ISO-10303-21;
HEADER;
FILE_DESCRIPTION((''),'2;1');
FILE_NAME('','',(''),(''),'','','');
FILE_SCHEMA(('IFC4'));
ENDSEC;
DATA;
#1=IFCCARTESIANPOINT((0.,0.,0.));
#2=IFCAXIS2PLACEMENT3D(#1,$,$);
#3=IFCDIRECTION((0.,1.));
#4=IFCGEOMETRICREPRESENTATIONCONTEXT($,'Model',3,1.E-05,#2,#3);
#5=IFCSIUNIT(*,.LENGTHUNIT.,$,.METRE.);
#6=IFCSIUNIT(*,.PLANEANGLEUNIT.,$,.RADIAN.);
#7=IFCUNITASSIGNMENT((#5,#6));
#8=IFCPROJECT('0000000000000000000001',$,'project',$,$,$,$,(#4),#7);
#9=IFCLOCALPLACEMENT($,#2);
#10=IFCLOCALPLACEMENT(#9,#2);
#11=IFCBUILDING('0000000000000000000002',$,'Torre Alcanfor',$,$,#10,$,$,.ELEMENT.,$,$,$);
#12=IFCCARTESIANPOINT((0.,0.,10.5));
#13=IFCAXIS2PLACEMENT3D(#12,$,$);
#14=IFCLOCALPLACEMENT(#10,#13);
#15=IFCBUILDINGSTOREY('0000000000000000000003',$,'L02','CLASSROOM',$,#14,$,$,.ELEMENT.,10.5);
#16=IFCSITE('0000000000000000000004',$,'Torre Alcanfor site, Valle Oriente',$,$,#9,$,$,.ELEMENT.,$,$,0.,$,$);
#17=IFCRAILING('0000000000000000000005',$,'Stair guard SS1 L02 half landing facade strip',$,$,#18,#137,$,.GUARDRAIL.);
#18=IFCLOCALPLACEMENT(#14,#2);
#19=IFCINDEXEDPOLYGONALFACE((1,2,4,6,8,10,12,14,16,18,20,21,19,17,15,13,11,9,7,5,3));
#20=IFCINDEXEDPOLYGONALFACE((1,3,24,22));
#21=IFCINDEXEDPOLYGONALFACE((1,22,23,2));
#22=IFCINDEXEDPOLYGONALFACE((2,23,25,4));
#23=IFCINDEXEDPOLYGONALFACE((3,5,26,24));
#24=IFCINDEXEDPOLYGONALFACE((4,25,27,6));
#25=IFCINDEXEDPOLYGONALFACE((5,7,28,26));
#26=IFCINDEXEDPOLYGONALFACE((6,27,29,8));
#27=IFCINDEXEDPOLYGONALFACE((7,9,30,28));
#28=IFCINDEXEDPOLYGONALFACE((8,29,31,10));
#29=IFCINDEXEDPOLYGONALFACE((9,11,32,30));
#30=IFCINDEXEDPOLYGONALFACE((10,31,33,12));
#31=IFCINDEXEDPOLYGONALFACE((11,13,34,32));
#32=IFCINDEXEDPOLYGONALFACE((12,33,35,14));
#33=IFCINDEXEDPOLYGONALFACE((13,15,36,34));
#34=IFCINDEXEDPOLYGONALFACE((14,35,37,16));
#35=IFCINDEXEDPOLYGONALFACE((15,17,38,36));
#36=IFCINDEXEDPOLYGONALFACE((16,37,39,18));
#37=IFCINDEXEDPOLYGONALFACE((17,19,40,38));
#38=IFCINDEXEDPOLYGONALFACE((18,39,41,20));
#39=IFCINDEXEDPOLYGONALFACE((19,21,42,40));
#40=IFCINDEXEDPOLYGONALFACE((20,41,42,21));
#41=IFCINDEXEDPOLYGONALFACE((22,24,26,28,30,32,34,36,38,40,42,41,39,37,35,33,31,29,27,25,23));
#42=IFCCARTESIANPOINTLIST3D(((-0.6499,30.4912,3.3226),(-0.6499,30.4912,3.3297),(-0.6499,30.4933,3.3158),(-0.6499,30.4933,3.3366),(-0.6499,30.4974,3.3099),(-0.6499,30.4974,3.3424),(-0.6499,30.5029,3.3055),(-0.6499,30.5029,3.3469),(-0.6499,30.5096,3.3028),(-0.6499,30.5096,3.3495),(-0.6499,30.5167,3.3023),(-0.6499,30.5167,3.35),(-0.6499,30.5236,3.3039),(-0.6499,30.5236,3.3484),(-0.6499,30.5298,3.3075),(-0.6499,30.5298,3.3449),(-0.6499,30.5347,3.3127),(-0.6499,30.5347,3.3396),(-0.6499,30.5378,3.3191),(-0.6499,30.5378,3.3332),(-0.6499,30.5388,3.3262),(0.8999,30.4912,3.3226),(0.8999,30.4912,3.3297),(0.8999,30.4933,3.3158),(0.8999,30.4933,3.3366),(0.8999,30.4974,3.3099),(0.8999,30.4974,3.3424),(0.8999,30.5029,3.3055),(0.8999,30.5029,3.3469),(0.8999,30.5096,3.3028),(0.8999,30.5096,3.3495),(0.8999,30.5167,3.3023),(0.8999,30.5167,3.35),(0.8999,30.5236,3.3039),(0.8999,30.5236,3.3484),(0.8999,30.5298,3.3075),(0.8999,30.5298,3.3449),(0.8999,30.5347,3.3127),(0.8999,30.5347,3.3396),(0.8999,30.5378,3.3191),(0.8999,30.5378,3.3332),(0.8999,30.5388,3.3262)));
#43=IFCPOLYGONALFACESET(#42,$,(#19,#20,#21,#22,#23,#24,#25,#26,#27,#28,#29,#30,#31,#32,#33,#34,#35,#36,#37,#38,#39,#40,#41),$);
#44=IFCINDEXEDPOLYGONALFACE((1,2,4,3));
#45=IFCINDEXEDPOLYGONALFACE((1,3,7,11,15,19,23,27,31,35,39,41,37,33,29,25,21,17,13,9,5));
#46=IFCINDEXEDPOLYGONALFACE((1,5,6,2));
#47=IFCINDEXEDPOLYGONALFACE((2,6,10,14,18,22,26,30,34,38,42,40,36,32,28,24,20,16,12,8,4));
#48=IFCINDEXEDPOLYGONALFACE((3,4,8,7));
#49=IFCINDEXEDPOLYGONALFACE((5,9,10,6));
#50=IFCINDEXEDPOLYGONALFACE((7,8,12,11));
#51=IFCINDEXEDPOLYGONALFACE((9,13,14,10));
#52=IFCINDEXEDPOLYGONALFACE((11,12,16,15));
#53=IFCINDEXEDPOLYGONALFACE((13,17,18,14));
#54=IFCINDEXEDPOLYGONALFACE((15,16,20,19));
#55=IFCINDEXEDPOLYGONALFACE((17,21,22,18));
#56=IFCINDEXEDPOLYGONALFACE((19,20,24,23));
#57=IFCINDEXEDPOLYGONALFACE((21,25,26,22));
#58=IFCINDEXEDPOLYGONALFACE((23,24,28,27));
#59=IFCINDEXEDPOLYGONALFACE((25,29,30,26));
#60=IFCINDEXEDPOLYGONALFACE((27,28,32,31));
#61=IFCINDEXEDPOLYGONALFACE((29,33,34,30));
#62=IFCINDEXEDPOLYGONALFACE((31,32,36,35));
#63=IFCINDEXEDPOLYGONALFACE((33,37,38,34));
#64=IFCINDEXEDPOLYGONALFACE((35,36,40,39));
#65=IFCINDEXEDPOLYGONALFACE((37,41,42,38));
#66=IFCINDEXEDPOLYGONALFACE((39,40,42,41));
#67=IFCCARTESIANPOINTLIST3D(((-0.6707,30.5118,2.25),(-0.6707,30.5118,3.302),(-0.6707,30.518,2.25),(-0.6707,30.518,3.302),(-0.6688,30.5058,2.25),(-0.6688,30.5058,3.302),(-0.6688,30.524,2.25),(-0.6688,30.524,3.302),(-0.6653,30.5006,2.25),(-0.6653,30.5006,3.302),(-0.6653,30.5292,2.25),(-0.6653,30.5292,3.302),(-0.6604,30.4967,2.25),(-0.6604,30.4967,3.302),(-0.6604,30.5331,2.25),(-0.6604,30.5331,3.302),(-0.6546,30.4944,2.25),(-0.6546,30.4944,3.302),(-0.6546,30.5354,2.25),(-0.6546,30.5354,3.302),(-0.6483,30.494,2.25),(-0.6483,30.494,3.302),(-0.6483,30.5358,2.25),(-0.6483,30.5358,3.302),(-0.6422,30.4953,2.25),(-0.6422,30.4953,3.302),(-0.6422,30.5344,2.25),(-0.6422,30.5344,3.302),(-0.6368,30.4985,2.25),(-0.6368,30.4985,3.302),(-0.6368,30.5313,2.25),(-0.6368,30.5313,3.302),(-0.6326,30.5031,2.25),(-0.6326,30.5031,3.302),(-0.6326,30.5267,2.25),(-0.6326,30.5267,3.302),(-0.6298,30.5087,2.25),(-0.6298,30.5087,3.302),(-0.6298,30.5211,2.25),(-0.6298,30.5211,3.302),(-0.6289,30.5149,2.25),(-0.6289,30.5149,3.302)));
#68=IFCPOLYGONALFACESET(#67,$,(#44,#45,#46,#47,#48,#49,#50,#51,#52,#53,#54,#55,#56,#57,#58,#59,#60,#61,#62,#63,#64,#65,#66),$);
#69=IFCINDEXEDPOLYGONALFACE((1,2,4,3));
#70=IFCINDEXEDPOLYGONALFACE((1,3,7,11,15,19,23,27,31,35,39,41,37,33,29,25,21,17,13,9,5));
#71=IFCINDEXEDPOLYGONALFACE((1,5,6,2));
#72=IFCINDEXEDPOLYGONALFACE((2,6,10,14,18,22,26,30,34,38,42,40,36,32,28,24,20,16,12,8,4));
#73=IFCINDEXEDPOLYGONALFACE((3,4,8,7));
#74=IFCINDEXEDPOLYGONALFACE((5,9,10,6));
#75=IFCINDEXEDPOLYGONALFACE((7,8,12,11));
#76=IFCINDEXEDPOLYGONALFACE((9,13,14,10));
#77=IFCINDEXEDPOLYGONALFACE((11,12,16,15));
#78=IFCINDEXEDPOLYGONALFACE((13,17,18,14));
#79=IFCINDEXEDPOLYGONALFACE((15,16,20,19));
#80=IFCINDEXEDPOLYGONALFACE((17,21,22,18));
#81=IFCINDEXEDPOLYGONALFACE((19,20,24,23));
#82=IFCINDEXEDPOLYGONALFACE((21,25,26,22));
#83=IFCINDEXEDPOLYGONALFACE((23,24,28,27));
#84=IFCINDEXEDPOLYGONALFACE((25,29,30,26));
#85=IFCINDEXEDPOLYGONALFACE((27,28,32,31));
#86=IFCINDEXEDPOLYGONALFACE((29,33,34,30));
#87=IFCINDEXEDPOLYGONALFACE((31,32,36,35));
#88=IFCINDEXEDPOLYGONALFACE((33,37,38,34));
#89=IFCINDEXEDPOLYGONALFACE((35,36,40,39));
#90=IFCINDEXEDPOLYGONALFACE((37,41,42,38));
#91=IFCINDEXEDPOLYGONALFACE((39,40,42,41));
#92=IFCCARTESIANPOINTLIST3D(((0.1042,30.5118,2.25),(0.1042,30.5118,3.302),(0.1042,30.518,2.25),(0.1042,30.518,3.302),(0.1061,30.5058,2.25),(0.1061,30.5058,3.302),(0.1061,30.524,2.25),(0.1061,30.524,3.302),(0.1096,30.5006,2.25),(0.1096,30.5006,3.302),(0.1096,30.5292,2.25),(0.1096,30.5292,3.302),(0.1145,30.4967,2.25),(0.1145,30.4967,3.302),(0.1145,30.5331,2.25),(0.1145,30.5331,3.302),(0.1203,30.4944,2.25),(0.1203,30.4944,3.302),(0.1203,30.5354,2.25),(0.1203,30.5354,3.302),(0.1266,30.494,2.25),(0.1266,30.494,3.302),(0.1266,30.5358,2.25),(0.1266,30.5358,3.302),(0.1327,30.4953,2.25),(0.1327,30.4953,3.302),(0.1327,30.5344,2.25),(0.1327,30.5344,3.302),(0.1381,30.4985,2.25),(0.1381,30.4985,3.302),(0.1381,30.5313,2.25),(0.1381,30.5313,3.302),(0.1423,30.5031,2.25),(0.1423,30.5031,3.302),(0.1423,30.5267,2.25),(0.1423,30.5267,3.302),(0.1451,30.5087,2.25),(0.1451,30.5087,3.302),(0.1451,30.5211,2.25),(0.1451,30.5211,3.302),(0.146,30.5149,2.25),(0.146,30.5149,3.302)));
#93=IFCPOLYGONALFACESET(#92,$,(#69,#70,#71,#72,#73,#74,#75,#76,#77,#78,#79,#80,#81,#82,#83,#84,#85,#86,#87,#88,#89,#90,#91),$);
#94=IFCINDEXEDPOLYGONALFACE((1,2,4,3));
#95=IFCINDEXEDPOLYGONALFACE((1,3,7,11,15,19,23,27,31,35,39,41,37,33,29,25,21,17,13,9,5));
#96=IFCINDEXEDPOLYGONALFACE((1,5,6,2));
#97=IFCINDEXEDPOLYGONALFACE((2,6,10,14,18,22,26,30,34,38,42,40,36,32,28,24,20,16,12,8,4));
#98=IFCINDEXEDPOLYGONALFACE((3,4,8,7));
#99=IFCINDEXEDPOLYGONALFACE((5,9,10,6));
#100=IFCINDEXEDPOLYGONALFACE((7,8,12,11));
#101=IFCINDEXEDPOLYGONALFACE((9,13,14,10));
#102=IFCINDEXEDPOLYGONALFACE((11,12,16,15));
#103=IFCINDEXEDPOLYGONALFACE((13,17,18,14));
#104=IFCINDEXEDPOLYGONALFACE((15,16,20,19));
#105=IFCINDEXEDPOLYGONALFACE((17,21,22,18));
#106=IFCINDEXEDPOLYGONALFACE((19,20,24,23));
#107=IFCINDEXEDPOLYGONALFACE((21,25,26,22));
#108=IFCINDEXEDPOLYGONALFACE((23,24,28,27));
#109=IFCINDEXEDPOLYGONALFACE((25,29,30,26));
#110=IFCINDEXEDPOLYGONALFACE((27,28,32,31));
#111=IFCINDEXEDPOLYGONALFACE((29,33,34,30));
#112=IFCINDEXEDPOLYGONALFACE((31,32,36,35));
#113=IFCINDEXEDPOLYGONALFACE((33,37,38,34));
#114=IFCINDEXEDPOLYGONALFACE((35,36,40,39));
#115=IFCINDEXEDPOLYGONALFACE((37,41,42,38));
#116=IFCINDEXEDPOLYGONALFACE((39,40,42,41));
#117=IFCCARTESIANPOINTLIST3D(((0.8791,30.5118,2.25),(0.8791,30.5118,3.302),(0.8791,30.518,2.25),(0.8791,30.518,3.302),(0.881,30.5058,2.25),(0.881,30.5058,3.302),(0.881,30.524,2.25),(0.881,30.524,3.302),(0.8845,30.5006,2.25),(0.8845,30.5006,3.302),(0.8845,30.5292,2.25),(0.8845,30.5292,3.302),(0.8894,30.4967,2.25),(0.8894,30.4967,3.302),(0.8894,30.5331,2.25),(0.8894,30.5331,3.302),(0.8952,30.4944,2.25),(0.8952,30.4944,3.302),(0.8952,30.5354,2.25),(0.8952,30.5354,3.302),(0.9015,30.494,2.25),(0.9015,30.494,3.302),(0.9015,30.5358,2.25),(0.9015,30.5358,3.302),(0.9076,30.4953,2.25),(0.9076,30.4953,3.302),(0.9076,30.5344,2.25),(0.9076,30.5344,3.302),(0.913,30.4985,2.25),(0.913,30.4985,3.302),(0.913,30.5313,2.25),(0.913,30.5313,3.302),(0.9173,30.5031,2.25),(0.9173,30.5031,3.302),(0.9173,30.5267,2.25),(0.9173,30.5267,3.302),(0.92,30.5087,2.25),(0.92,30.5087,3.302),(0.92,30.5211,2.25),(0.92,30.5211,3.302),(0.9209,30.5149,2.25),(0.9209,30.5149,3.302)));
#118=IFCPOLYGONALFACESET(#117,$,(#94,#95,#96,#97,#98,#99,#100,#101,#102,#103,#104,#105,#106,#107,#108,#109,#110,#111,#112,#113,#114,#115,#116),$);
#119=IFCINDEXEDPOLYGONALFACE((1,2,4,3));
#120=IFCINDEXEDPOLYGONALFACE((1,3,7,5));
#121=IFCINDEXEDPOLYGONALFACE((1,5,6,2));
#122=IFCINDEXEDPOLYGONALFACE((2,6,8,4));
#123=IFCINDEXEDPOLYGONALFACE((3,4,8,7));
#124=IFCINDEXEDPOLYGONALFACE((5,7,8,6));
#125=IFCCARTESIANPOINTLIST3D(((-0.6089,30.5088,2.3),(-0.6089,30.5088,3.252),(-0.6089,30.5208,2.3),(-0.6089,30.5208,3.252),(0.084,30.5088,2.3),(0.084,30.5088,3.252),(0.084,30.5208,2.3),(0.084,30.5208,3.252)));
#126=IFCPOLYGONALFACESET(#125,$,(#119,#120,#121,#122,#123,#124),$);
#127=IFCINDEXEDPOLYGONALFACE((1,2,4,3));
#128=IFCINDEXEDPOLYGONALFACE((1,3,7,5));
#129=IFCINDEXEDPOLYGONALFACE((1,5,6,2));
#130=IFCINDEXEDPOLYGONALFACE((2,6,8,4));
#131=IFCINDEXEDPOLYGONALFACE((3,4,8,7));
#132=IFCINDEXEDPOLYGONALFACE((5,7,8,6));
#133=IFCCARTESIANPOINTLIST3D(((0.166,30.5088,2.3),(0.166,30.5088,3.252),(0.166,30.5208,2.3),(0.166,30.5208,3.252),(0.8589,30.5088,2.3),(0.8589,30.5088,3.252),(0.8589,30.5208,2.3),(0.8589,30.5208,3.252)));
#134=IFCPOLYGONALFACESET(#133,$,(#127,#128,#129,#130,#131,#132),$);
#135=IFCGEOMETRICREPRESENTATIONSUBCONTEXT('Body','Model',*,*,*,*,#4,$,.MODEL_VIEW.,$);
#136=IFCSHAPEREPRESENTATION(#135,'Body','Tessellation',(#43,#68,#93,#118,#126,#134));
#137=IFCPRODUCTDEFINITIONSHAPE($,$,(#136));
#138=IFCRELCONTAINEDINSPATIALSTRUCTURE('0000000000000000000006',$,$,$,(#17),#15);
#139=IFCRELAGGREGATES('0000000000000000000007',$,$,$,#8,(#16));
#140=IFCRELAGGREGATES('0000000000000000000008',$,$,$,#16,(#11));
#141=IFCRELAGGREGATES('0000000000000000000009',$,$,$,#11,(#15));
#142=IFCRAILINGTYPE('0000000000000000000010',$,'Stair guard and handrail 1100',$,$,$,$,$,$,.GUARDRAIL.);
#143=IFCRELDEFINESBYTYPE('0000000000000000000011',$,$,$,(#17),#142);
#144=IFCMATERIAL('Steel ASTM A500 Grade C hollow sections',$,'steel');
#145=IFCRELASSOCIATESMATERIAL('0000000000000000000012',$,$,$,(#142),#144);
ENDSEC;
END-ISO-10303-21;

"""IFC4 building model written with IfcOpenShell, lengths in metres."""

from ifc_helpers import new_model, si_unit, direction, frame, origin, origin_2d, place, context, subcontext, project, spatial, polyline, circle, outline, extrude, material, type_object, element, save


model = new_model("IFC4")

# Units and contexts
model_context = context("Model", 3, precision=1e-05, world=origin(), true_north=direction((0.0, 1.0)))
body_context = subcontext(model_context, "Body", "Model", "MODEL_VIEW")
ifc_project = project(units=[si_unit("LENGTHUNIT", "METRE"), si_unit("PLANEANGLEUNIT", "RADIAN")], contexts=[model_context])

# Site, building, storey
site_placement = place(None, origin())
site = spatial("IfcSite", under=ifc_project, at=site_placement, Name="Torre Alcanfor site, Valle Oriente", CompositionType="ELEMENT", RefElevation=0.0)
building_placement = place(site_placement, origin())
building = spatial("IfcBuilding", under=site, at=building_placement, Name="Torre Alcanfor", CompositionType="ELEMENT")
storey_placement = place(building_placement, frame((0.0, 0.0, 10.5)))
storey = spatial("IfcBuildingStorey", under=building, at=storey_placement, Name="L02", Description="CLASSROOM", CompositionType="ELEMENT", Elevation=10.5)

# Railing
ifc_material_1 = material(Name="Steel ASTM A500 Grade C hollow sections", Category="steel")
railing_type_1 = type_object("IfcRailingType", Name="Stair guard and handrail 1100", PredefinedType="GUARDRAIL", material=ifc_material_1)
railing_1_placement = place(storey_placement, frame((-0.6499, 30.5149, 2.25)))
element("IfcRailing", 1, at=railing_1_placement, inside=storey, type_object=railing_type_1, Name="Stair guard SS1 L02 half landing facade strip", PredefinedType="GUARDRAIL", context=body_context, shape_type="SweptSolid", body=[
    extrude(circle(Radius=0.0239, at=origin_2d()), frame((0.0, 0.0, 1.0762), z_axis=(1.0, 0.0, 0.0), x_axis=(0.0, 1.0, 0.0)), (0.0, 0.0, 1.0), 1.5498),
    extrude(circle(Radius=0.021, at=origin_2d()), origin(), (0.0, 0.0, 1.0), 1.052),
    extrude(circle(Radius=0.021, at=origin_2d()), frame((0.7749, 0.0, 0.0)), (0.0, 0.0, 1.0), 1.052),
    extrude(circle(Radius=0.021, at=origin_2d()), frame((1.5498, 0.0, 0.0)), (0.0, 0.0, 1.0), 1.052),
    extrude(outline(polyline([(0.041, 0.05), (0.7339, 0.05), (0.7339, 1.002), (0.041, 1.002), (0.041, 0.05)])), frame((0.0, 0.0059, 0.0), z_axis=(0.0, -1.0, 0.0), x_axis=(1.0, 0.0, 0.0)), (0.0, 0.0, 1.0), 0.012),
    extrude(outline(polyline([(0.8159, 0.05), (1.5088, 0.05), (1.5088, 1.002), (0.8159, 1.002), (0.8159, 0.05)])), frame((0.0, 0.0059, 0.0), z_axis=(0.0, -1.0, 0.0), x_axis=(1.0, 0.0, 0.0)), (0.0, 0.0, 1.0), 0.012),
])

save(model, "model.ifc")
